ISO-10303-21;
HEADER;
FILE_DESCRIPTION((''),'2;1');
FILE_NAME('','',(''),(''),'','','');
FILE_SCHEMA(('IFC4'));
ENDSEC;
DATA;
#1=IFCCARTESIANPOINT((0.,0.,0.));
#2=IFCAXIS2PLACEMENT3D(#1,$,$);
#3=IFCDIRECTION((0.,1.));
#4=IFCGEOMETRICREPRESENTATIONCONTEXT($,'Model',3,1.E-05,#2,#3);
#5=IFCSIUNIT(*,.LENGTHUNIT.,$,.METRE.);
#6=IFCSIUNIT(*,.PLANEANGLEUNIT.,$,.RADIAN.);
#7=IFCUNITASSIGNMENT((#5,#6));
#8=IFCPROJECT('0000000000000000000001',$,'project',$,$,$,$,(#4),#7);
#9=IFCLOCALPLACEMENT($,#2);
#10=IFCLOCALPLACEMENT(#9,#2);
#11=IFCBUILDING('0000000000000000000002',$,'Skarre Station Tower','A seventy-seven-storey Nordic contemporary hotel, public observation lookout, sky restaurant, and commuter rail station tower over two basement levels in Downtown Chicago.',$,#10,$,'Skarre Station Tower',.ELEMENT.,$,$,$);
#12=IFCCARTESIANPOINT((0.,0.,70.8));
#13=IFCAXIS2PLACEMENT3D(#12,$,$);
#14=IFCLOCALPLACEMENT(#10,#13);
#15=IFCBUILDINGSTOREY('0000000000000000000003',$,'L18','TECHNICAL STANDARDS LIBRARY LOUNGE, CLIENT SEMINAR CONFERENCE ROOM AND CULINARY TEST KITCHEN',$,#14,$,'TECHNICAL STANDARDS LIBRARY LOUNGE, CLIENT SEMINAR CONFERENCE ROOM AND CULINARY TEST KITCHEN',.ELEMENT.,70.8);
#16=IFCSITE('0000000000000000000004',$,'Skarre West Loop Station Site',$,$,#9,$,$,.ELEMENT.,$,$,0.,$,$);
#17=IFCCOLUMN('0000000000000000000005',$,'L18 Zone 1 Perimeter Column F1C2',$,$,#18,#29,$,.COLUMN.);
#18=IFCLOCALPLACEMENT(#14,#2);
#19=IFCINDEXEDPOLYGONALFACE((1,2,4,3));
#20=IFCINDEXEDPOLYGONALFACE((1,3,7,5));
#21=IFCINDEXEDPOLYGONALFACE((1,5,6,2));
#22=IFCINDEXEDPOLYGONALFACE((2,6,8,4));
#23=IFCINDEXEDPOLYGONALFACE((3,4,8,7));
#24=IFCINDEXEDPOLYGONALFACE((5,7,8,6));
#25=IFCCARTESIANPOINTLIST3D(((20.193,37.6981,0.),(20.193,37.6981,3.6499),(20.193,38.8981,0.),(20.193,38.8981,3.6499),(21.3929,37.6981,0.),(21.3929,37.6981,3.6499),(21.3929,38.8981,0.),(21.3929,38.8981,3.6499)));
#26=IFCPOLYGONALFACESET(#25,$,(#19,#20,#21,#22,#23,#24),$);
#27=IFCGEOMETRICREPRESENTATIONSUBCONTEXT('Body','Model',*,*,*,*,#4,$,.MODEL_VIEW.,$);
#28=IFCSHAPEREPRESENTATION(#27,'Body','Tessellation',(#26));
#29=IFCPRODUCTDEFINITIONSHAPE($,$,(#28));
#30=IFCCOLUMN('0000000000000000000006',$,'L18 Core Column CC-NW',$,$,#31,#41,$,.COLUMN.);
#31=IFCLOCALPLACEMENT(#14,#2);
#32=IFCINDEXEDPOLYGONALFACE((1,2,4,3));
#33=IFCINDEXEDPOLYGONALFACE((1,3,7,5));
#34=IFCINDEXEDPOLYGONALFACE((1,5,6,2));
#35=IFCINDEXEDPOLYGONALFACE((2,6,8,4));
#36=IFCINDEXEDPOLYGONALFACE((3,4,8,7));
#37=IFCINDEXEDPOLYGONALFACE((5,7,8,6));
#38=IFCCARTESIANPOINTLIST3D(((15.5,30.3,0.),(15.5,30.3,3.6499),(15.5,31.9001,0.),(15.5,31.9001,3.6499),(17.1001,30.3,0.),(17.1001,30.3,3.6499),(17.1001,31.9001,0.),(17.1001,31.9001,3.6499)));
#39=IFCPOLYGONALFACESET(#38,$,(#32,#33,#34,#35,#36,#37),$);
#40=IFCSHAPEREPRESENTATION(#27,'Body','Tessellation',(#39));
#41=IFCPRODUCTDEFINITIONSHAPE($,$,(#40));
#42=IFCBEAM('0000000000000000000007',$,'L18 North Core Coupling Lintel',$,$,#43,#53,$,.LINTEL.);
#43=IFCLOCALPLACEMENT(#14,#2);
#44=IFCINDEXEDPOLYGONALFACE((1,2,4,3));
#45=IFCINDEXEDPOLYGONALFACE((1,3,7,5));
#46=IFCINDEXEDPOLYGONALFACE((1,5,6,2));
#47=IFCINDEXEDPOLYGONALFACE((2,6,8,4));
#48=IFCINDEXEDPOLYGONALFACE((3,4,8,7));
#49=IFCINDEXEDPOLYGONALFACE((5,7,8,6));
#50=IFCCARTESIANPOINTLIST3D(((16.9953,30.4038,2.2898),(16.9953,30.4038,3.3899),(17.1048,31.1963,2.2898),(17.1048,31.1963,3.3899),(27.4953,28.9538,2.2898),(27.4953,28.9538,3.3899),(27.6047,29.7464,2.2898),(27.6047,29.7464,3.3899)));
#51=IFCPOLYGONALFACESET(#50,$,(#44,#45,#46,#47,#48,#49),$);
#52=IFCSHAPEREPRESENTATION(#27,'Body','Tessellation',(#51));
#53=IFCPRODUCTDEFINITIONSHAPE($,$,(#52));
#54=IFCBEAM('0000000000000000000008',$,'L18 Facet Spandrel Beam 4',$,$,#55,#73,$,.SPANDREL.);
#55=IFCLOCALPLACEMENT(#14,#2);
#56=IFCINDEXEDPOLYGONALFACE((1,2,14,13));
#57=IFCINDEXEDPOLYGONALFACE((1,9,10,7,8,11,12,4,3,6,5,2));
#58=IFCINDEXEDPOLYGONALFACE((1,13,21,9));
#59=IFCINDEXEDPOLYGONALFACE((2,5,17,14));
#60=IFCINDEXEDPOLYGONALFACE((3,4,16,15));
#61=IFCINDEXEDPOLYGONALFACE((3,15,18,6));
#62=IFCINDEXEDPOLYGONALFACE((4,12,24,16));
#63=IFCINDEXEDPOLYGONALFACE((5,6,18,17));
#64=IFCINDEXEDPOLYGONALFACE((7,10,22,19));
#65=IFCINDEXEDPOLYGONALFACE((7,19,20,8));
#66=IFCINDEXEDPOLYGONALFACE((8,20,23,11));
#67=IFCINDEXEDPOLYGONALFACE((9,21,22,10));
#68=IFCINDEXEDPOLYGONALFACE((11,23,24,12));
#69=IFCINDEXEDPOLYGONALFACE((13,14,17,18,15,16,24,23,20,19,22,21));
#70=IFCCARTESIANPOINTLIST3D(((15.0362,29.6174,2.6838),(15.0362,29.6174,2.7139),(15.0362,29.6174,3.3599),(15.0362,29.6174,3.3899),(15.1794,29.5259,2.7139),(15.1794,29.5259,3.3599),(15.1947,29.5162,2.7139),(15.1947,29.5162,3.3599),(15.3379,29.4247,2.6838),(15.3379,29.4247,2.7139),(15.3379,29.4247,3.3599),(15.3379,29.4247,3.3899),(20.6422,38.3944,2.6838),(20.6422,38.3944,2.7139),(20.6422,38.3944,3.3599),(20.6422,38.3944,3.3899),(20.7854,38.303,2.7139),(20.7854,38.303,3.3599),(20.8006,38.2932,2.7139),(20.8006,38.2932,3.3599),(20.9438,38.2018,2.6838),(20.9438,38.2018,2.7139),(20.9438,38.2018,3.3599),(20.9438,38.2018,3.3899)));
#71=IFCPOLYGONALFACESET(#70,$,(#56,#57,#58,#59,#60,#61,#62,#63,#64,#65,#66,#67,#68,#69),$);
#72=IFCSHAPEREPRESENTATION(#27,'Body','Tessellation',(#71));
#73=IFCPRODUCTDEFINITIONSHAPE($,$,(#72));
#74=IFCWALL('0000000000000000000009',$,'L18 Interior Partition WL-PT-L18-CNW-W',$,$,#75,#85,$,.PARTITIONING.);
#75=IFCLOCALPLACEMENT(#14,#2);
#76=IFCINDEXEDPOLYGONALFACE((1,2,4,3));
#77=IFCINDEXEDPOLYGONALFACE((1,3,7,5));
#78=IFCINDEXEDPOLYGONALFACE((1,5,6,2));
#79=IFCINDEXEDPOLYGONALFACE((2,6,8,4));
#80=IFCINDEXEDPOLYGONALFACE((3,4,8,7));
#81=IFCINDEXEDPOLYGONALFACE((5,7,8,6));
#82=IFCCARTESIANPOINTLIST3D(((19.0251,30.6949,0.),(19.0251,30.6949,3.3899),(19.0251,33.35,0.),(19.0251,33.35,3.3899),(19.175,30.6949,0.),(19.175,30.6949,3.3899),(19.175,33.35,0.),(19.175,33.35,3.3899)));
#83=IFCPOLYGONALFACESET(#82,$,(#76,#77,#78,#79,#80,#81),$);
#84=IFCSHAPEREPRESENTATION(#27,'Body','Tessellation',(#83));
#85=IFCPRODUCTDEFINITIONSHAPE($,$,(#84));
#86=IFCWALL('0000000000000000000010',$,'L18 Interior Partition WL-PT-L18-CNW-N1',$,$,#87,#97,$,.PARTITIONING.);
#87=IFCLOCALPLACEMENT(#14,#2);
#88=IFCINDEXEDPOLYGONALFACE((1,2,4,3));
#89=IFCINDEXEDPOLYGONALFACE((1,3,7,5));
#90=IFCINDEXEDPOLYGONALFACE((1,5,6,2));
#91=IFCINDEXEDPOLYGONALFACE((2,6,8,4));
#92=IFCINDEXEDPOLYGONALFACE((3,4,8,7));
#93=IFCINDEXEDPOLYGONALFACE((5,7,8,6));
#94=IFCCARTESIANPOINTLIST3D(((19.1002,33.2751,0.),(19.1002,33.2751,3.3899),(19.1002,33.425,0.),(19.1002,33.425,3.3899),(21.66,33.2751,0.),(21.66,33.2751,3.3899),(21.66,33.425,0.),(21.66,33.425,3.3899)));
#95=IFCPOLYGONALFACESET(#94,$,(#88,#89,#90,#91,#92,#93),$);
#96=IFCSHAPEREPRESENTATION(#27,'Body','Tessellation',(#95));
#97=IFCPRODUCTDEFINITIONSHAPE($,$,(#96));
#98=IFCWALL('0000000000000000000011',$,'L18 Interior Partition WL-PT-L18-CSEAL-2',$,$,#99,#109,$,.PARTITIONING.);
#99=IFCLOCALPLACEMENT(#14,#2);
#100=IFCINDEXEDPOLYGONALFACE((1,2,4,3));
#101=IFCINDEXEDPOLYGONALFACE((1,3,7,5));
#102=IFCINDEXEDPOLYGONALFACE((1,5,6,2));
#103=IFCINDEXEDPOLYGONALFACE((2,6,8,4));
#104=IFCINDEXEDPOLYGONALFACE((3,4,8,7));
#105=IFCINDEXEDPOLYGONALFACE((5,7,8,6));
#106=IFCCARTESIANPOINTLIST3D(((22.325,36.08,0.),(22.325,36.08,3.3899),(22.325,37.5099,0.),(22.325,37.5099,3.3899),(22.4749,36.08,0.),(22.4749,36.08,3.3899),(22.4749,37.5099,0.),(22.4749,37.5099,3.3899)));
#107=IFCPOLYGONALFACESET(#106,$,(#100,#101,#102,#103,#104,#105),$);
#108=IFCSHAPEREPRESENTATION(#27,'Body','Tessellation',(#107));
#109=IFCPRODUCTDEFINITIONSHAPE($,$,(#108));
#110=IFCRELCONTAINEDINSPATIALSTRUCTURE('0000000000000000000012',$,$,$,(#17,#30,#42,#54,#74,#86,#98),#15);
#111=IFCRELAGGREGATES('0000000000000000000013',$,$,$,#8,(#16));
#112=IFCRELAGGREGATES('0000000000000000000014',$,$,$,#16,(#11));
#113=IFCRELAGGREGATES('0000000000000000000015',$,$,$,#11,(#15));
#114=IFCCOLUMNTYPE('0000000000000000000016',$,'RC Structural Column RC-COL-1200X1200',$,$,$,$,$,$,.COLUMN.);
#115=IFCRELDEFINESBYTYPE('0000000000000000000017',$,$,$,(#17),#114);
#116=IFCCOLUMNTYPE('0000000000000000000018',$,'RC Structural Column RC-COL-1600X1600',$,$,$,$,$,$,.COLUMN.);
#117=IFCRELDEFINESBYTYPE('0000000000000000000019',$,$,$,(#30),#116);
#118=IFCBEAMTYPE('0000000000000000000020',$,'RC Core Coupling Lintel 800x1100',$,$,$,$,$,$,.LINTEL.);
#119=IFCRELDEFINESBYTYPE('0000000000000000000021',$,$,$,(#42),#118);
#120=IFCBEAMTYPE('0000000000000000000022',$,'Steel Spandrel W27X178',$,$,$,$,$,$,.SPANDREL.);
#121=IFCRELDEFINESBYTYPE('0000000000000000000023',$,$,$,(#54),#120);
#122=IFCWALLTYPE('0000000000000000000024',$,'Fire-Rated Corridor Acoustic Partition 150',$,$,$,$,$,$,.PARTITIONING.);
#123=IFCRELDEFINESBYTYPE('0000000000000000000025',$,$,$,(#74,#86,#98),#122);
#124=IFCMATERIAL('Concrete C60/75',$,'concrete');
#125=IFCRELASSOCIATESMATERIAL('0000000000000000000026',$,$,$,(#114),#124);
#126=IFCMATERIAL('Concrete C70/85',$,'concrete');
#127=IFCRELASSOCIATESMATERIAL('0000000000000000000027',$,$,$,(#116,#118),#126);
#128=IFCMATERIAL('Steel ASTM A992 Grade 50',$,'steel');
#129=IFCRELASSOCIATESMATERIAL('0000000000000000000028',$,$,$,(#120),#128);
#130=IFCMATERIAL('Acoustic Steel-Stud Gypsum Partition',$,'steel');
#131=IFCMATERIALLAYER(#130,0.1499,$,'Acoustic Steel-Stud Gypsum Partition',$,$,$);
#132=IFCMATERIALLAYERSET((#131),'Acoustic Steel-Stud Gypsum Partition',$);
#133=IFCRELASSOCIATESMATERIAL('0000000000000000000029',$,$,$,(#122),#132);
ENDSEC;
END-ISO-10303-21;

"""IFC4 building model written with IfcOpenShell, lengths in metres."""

from ifc_helpers import new_model, si_unit, direction, frame, frame_2d, origin, origin_2d, place, context, subcontext, project, spatial, rectangle, i_section, extrude, material, layer, layer_set, material_profile, profile_set, type_object, element, save


model = new_model("IFC4")

# Units and contexts
model_context = context("Model", 3, precision=1e-05, world=origin(), true_north=direction((0.0, 1.0)))
body_context = subcontext(model_context, "Body", "Model", "MODEL_VIEW")
ifc_project = project(units=[si_unit("LENGTHUNIT", "METRE"), si_unit("PLANEANGLEUNIT", "RADIAN")], contexts=[model_context])

# Site, building, storey
site_placement = place(None, origin())
site = spatial("IfcSite", under=ifc_project, at=site_placement, Name="Skarre West Loop Station Site", CompositionType="ELEMENT", RefElevation=0.0)
building_placement = place(site_placement, origin())
building = spatial("IfcBuilding", under=site, at=building_placement, Name="Skarre Station Tower", Description="A seventy-seven-storey Nordic contemporary hotel, public observation lookout, sky restaurant, and commuter rail station tower over two basement levels in Downtown Chicago.", LongName="Skarre Station Tower", CompositionType="ELEMENT")
storey_placement = place(building_placement, frame((0.0, 0.0, 70.8)))
storey = spatial("IfcBuildingStorey", under=building, at=storey_placement, Name="L18", Description="TECHNICAL STANDARDS LIBRARY LOUNGE, CLIENT SEMINAR CONFERENCE ROOM AND CULINARY TEST KITCHEN", LongName="TECHNICAL STANDARDS LIBRARY LOUNGE, CLIENT SEMINAR CONFERENCE ROOM AND CULINARY TEST KITCHEN", CompositionType="ELEMENT", Elevation=70.8)

# Columns
ifc_material_1 = material(Name="Concrete C60/75", Category="concrete")
ifc_material_profile_1 = material_profile(ifc_material_1, rectangle(XDim=1.2, YDim=1.2, at=origin_2d()), Name="Concrete C60/75")
ifc_profile_set_1 = profile_set([ifc_material_profile_1], Name="Concrete C60/75")
column_type_1 = type_object("IfcColumnType", Name="RC Structural Column RC-COL-1200X1200", PredefinedType="COLUMN", material=ifc_profile_set_1)
column_1_placement = place(storey_placement, frame((20.793, 38.2981, 0.0), z_axis=(0.0, 0.0, 1.0), x_axis=(1.0, 0.0, 0.0)))
element("IfcColumn", 1, at=column_1_placement, inside=storey, type_object=column_type_1, Name="L18 Zone 1 Perimeter Column F1C2", PredefinedType="COLUMN", context=body_context, shape_type="SweptSolid", body=[
    extrude(rectangle(XDim=1.2, YDim=1.2, at=origin_2d()), origin(), (0.0, 0.0, 1.0), 3.6499),
])
ifc_material_2 = material(Name="Concrete C70/85", Category="concrete")
ifc_material_profile_2 = material_profile(ifc_material_2, rectangle(XDim=1.6001, YDim=1.6001, at=origin_2d()), Name="Concrete C70/85")
ifc_profile_set_2 = profile_set([ifc_material_profile_2], Name="Concrete C70/85")
column_type_2 = type_object("IfcColumnType", Name="RC Structural Column RC-COL-1600X1600", PredefinedType="COLUMN", material=ifc_profile_set_2)
column_2_placement = place(storey_placement, frame((16.3, 31.1001, 0.0), z_axis=(0.0, 0.0, 1.0), x_axis=(1.0, 0.0, 0.0)))
element("IfcColumn", 2, at=column_2_placement, inside=storey, type_object=column_type_2, Name="L18 Core Column CC-NW", PredefinedType="COLUMN", context=body_context, shape_type="SweptSolid", body=[
    extrude(rectangle(XDim=1.6001, YDim=1.6001, at=origin_2d()), origin(), (0.0, 0.0, 1.0), 3.6499),
])

# Beams
ifc_material_profile_3 = material_profile(ifc_material_2, rectangle(XDim=0.8, YDim=1.1001, at=origin_2d()), Name="Concrete C70/85")
ifc_profile_set_3 = profile_set([ifc_material_profile_3], Name="Concrete C70/85")
beam_type_1 = type_object("IfcBeamType", Name="RC Core Coupling Lintel 800x1100", PredefinedType="LINTEL", material=ifc_profile_set_3)
beam_1_placement = place(storey_placement, frame((17.05, 30.8, 2.8398), z_axis=(0.9906, -0.136792, 0.0), x_axis=(0.136792, 0.9906, 0.0)))
element("IfcBeam", 3, at=beam_1_placement, inside=storey, type_object=beam_type_1, Name="L18 North Core Coupling Lintel", PredefinedType="LINTEL", context=body_context, shape_type="SweptSolid", body=[
    extrude(rectangle(XDim=0.8, YDim=1.1001, at=origin_2d()), origin(), (0.0, 0.0, 1.0), 10.5996),
])
ifc_material_3 = material(Name="Steel ASTM A992 Grade 50", Category="steel")
ifc_material_profile_4 = material_profile(ifc_material_3, i_section(OverallWidth=0.3579, OverallDepth=0.7061, WebThickness=0.0181, FlangeThickness=0.03, at=origin_2d()), Name="Steel ASTM A992 Grade 50")
ifc_profile_set_4 = profile_set([ifc_material_profile_4], Name="Steel ASTM A992 Grade 50")
beam_type_2 = type_object("IfcBeamType", Name="Steel Spandrel W27X178", PredefinedType="SPANDREL", material=ifc_profile_set_4)
beam_2_placement = place(storey_placement, frame((20.793, 38.2981, 3.0369), z_axis=(-0.538278, -0.842767, 0.0), x_axis=(0.842767, -0.538278, 0.0)))
element("IfcBeam", 4, at=beam_2_placement, inside=storey, type_object=beam_type_2, Name="L18 Facet Spandrel Beam 4", PredefinedType="SPANDREL", context=body_context, shape_type="SweptSolid", body=[
    extrude(i_section(OverallWidth=0.3579, OverallDepth=0.7061, WebThickness=0.0181, FlangeThickness=0.03, at=origin_2d()), origin(), (0.0, 0.0, 1.0), 10.4146),
])

# Walls
ifc_material_4 = material(Name="Acoustic Steel-Stud Gypsum Partition", Category="steel")
ifc_layer_1 = layer(ifc_material_4, 0.1499, Name="Acoustic Steel-Stud Gypsum Partition")
ifc_layer_set_1 = layer_set([ifc_layer_1], Name="Acoustic Steel-Stud Gypsum Partition")
wall_type_1 = type_object("IfcWallType", Name="Fire-Rated Corridor Acoustic Partition 150", PredefinedType="PARTITIONING", material=ifc_layer_set_1)
wall_1_placement = place(storey_placement, frame((19.1001, 33.3501, 0.0), z_axis=(0.0, 0.0, 1.0), x_axis=(0.0, -1.0, 0.0)))
element("IfcWall", 5, at=wall_1_placement, inside=storey, type_object=wall_type_1, Name="L18 Interior Partition WL-PT-L18-CNW-W", PredefinedType="PARTITIONING", context=body_context, shape_type="SweptSolid", body=[
    extrude(rectangle(XDim=2.655, YDim=0.1499, at=frame_2d((1.3276, 0.0))), origin(), (0.0, 0.0, 1.0), 3.3899),
])
wall_2_placement = place(storey_placement, frame((21.6599, 33.3501, 0.0), z_axis=(0.0, 0.0, 1.0), x_axis=(-1.0, 0.0, 0.0)))
element("IfcWall", 6, at=wall_2_placement, inside=storey, type_object=wall_type_1, Name="L18 Interior Partition WL-PT-L18-CNW-N1", PredefinedType="PARTITIONING", context=body_context, shape_type="SweptSolid", body=[
    extrude(rectangle(XDim=2.5598, YDim=0.1499, at=frame_2d((1.2798, 0.0))), origin(), (0.0, 0.0, 1.0), 3.3899),
])
wall_3_placement = place(storey_placement, frame((22.3999, 36.0801, 0.0), z_axis=(0.0, 0.0, 1.0), x_axis=(0.0, 1.0, 0.0)))
element("IfcWall", 7, at=wall_3_placement, inside=storey, type_object=wall_type_1, Name="L18 Interior Partition WL-PT-L18-CSEAL-2", PredefinedType="PARTITIONING", context=body_context, shape_type="SweptSolid", body=[
    extrude(rectangle(XDim=1.4299, YDim=0.1499, at=frame_2d((0.7148, 0.0))), origin(), (0.0, 0.0, 1.0), 3.3899),
])

save(model, "model.ifc")
